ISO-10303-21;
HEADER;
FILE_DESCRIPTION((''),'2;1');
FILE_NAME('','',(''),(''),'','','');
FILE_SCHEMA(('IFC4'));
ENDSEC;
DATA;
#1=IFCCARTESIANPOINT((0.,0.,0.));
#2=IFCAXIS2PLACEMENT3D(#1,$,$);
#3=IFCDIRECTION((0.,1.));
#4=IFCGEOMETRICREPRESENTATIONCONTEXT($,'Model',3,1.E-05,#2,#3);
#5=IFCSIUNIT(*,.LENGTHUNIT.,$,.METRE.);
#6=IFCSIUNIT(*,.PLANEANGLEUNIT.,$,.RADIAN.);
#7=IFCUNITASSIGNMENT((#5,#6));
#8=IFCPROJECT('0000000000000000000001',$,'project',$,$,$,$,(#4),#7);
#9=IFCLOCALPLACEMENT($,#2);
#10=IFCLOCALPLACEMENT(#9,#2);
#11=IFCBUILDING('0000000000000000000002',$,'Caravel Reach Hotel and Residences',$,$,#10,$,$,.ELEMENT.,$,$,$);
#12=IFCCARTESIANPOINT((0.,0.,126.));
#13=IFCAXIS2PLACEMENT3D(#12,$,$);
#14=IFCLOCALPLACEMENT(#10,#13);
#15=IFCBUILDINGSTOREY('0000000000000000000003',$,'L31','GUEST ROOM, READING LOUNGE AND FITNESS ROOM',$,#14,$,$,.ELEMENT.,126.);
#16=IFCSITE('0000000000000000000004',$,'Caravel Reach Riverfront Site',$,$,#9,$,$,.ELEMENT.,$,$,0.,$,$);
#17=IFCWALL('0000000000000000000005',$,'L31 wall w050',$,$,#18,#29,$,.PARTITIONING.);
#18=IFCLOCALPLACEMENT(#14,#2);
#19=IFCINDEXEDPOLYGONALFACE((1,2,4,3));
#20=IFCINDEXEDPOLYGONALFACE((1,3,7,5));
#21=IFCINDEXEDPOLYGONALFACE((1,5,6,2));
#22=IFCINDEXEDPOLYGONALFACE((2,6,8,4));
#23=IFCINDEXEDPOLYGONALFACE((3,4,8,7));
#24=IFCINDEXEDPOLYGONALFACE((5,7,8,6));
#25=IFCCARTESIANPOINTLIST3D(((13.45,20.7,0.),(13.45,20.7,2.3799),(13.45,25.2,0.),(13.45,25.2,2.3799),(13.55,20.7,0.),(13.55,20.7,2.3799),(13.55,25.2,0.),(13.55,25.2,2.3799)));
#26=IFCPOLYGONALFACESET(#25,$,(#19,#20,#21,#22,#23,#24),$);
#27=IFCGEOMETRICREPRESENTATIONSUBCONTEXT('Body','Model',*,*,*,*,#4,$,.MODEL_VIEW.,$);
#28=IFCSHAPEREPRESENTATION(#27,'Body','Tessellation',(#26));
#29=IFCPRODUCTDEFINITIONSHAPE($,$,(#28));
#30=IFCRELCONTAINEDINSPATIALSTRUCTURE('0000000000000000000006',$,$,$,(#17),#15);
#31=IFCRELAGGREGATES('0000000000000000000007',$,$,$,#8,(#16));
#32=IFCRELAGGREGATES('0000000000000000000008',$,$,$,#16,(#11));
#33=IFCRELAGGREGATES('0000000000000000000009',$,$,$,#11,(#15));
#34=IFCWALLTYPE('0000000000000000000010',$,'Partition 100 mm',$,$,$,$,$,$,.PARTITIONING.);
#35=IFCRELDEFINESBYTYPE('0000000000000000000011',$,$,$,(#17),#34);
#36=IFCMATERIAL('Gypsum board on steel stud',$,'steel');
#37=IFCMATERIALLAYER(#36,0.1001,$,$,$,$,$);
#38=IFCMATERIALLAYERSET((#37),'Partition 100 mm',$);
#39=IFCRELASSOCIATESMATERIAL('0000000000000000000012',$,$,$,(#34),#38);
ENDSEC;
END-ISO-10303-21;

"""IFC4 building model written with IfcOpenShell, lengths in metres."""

from ifc_helpers import new_model, si_unit, direction, frame, frame_2d, origin, place, context, subcontext, project, spatial, rectangle, extrude, material, layer, layer_set, type_object, element, save


model = new_model("IFC4")

# Units and contexts
model_context = context("Model", 3, precision=1e-05, world=origin(), true_north=direction((0.0, 1.0)))
body_context = subcontext(model_context, "Body", "Model", "MODEL_VIEW")
ifc_project = project(units=[si_unit("LENGTHUNIT", "METRE"), si_unit("PLANEANGLEUNIT", "RADIAN")], contexts=[model_context])

# Site, building, storey
site_placement = place(None, origin())
site = spatial("IfcSite", under=ifc_project, at=site_placement, Name="Caravel Reach Riverfront Site", CompositionType="ELEMENT", RefElevation=0.0)
building_placement = place(site_placement, origin())
building = spatial("IfcBuilding", under=site, at=building_placement, Name="Caravel Reach Hotel and Residences", CompositionType="ELEMENT")
storey_placement = place(building_placement, frame((0.0, 0.0, 126.0)))
storey = spatial("IfcBuildingStorey", under=building, at=storey_placement, Name="L31", Description="GUEST ROOM, READING LOUNGE AND FITNESS ROOM", CompositionType="ELEMENT", Elevation=126.0)

# Wall
ifc_material_1 = material(Name="Gypsum board on steel stud", Category="steel")
ifc_layer_1 = layer(ifc_material_1, 0.1001)
ifc_layer_set_1 = layer_set([ifc_layer_1], Name="Partition 100 mm")
wall_type_1 = type_object("IfcWallType", Name="Partition 100 mm", PredefinedType="PARTITIONING", material=ifc_layer_set_1)
wall_1_placement = place(storey_placement, frame((13.5, 20.7, 0.0), z_axis=(0.0, 0.0, 1.0), x_axis=(0.0, 1.0, 0.0)))
element("IfcWall", 1, at=wall_1_placement, inside=storey, type_object=wall_type_1, Name="L31 wall w050", PredefinedType="PARTITIONING", context=body_context, shape_type="SweptSolid", body=[
    extrude(rectangle(XDim=4.5, YDim=0.1001, at=frame_2d((2.25, 0.0))), origin(), (0.0, 0.0, 1.0), 2.3799),
])

save(model, "model.ifc")
